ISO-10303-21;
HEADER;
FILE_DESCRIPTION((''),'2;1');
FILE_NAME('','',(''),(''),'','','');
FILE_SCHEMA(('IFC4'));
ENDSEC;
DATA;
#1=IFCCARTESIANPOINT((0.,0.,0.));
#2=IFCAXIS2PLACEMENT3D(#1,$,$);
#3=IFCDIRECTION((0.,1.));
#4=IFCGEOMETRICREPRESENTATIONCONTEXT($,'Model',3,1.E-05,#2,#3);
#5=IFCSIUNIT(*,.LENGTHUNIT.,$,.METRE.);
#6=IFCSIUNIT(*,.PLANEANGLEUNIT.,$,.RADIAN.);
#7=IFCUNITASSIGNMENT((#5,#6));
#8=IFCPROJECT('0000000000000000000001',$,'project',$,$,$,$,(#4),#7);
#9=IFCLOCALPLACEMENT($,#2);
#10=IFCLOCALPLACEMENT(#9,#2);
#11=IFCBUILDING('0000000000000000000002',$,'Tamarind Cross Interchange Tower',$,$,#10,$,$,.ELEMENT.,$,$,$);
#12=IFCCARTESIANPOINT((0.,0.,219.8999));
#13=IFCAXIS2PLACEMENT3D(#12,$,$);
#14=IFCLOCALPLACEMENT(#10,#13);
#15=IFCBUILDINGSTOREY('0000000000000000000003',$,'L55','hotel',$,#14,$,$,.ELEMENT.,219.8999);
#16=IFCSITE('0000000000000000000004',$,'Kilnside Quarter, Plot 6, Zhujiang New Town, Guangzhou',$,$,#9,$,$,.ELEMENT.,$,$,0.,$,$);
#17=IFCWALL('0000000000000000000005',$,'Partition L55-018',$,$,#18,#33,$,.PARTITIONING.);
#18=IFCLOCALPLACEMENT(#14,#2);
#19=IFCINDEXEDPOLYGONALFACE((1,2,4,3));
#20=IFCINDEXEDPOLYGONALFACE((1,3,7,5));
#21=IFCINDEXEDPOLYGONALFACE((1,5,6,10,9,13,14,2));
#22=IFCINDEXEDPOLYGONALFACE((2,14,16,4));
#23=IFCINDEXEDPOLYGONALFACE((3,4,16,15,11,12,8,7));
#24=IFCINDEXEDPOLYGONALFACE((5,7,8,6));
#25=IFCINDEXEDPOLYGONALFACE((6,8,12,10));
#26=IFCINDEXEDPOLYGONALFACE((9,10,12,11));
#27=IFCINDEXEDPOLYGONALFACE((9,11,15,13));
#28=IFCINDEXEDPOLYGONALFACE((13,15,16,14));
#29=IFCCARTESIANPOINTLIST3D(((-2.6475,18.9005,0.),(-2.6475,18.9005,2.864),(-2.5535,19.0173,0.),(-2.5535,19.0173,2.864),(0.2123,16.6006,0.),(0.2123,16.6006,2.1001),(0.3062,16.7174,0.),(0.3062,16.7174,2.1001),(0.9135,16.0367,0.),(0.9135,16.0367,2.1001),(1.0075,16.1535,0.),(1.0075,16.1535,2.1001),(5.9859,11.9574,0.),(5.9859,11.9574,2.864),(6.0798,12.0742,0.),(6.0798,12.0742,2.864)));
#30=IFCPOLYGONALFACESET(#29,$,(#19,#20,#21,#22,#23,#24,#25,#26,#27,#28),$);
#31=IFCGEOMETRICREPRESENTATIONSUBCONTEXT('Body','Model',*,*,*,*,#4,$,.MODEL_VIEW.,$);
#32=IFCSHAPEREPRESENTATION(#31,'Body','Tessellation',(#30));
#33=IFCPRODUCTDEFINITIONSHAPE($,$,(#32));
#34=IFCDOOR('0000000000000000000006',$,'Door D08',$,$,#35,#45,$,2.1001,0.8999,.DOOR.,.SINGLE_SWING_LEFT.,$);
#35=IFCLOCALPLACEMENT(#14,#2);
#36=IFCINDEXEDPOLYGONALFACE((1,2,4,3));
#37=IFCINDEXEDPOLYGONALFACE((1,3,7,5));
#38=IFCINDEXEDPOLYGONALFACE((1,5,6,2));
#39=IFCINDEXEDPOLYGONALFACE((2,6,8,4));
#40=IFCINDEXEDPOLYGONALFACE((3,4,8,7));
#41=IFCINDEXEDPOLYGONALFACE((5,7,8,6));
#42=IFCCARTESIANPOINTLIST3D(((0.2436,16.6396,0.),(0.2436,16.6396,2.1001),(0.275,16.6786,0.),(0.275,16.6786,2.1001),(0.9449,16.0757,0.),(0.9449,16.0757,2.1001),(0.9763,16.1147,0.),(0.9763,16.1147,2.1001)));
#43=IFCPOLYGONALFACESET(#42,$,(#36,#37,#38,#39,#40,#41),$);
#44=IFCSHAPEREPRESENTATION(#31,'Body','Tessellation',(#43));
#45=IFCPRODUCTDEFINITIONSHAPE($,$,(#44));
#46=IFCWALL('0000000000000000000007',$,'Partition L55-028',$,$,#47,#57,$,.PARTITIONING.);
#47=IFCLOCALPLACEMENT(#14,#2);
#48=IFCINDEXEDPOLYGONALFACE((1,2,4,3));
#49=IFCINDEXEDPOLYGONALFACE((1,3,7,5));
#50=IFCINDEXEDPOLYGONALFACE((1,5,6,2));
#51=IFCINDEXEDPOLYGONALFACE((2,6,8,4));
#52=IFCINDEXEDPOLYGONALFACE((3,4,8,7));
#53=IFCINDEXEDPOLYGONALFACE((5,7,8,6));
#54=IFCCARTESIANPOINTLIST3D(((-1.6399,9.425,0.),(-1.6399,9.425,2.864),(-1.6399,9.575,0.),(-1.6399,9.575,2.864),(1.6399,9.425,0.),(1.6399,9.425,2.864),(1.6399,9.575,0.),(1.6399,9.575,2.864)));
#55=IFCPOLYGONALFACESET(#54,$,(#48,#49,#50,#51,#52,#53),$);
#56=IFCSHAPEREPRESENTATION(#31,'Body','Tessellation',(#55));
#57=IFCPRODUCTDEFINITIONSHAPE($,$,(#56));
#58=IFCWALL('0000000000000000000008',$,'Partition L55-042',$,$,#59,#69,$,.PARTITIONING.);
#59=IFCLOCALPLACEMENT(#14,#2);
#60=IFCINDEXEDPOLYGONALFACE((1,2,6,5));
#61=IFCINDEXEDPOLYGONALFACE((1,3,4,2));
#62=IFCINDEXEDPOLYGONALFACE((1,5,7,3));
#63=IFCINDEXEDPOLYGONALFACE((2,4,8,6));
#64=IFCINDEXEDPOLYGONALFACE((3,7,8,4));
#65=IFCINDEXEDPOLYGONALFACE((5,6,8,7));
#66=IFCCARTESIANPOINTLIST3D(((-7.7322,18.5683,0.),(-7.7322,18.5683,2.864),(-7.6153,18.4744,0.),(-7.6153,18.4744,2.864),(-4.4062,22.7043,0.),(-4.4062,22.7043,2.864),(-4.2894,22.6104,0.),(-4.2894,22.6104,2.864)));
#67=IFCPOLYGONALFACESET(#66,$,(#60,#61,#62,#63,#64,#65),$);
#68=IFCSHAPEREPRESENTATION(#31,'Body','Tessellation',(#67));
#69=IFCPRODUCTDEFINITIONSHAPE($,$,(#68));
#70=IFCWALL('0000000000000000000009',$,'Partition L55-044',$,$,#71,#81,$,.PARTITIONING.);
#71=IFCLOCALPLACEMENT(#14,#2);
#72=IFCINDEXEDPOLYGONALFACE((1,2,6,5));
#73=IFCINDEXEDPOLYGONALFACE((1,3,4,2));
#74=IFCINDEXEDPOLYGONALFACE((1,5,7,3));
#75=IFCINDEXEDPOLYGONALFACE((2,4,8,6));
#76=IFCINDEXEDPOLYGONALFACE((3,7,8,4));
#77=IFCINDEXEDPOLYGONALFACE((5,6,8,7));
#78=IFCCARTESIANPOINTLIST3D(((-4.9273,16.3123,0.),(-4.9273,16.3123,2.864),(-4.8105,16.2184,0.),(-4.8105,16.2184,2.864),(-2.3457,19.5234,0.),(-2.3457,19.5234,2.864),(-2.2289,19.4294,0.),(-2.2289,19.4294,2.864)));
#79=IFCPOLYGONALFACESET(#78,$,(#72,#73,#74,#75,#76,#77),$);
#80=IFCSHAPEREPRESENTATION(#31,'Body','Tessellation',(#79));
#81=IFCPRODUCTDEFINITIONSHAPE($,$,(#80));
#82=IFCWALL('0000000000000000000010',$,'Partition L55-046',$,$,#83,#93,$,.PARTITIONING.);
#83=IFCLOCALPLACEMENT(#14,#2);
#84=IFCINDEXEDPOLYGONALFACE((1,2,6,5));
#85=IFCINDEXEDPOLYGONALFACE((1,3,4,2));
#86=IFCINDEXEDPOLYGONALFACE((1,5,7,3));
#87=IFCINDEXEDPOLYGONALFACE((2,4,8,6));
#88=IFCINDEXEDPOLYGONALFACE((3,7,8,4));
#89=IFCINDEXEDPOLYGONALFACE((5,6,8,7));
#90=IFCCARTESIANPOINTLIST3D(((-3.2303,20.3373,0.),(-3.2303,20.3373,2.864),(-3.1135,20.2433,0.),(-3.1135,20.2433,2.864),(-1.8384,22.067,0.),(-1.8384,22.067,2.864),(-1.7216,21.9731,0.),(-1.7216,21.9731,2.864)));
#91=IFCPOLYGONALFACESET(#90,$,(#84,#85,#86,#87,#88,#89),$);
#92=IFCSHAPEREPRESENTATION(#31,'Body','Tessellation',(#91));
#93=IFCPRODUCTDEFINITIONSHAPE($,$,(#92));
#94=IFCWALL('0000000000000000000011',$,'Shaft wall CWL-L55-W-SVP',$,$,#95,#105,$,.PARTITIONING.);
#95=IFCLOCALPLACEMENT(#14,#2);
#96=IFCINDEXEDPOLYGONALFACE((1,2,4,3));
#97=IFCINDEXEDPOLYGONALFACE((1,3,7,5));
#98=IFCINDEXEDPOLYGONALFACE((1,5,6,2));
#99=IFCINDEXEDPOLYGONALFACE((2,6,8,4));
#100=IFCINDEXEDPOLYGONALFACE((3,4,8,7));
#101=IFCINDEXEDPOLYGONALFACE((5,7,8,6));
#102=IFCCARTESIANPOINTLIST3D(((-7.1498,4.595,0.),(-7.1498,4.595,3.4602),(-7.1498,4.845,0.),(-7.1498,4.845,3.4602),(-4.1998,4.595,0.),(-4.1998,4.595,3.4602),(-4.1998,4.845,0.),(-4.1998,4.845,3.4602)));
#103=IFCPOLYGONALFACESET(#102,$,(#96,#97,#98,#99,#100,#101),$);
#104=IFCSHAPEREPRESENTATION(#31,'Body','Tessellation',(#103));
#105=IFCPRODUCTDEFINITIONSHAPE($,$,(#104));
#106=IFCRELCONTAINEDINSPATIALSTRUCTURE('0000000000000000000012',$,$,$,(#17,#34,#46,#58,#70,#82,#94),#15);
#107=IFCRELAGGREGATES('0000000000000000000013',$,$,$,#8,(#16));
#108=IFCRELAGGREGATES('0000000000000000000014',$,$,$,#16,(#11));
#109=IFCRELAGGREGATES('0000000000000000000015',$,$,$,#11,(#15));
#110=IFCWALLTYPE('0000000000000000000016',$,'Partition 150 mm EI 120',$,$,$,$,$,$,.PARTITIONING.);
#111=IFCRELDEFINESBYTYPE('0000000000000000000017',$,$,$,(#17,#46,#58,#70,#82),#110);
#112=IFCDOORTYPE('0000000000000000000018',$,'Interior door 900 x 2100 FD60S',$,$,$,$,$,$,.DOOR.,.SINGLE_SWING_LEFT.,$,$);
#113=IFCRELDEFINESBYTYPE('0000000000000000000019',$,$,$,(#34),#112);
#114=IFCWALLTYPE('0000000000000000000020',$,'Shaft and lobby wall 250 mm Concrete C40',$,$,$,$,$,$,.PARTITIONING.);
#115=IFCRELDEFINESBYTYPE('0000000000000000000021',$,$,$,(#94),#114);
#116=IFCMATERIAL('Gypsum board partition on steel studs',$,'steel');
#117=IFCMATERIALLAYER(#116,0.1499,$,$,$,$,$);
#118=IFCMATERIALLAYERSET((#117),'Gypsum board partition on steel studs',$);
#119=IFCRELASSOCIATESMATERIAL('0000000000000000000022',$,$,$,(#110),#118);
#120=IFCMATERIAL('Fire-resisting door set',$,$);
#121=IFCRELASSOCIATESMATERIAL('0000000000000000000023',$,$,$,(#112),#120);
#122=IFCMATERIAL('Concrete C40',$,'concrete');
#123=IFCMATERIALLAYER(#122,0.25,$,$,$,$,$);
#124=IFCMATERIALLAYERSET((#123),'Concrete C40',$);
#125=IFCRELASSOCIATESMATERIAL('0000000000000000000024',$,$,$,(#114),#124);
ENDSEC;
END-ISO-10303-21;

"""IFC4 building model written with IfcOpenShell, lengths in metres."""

from ifc_helpers import new_model, si_unit, direction, frame, frame_2d, origin, place, context, subcontext, project, spatial, rectangle, extrude, material, layer, layer_set, type_object, element, fill, save


model = new_model("IFC4")

# Units and contexts
model_context = context("Model", 3, precision=1e-05, world=origin(), true_north=direction((0.0, 1.0)))
body_context = subcontext(model_context, "Body", "Model", "MODEL_VIEW")
ifc_project = project(units=[si_unit("LENGTHUNIT", "METRE"), si_unit("PLANEANGLEUNIT", "RADIAN")], contexts=[model_context])

# Site, building, storey
site_placement = place(None, origin())
site = spatial("IfcSite", under=ifc_project, at=site_placement, Name="Kilnside Quarter, Plot 6, Zhujiang New Town, Guangzhou", CompositionType="ELEMENT", RefElevation=0.0)
building_placement = place(site_placement, origin())
building = spatial("IfcBuilding", under=site, at=building_placement, Name="Tamarind Cross Interchange Tower", CompositionType="ELEMENT")
storey_placement = place(building_placement, frame((0.0, 0.0, 219.8999)))
storey = spatial("IfcBuildingStorey", under=building, at=storey_placement, Name="L55", Description="hotel", CompositionType="ELEMENT", Elevation=219.8999)

# Wall, opening, door
ifc_material_1 = material(Name="Gypsum board partition on steel studs", Category="steel")
ifc_layer_1 = layer(ifc_material_1, 0.1499)
ifc_layer_set_1 = layer_set([ifc_layer_1], Name="Gypsum board partition on steel studs")
wall_type_1 = type_object("IfcWallType", Name="Partition 150 mm EI 120", PredefinedType="PARTITIONING", material=ifc_layer_set_1)
wall_1_placement = place(storey_placement, frame((-2.6006, 18.959, 0.0), z_axis=(0.0, 0.0, 1.0), x_axis=(0.77926, -0.6267, 0.0)))
wall_1 = element("IfcWall", 1, at=wall_1_placement, inside=storey, type_object=wall_type_1, Name="Partition L55-018", PredefinedType="PARTITIONING", context=body_context, shape_type="SweptSolid", body=[
    extrude(rectangle(XDim=11.0789, YDim=0.1499, at=frame_2d((5.5396, 0.0))), origin(), (0.0, 0.0, 1.0), 2.864),
])
opening_placement = place(wall_1_placement, frame((3.6699, 0.0, 0.0)))
opening = element("IfcOpeningElement", 2, at=opening_placement, cuts=wall_1, PredefinedType="OPENING", context=body_context, shape_type="SweptSolid", body=[
    extrude(rectangle(XDim=0.8999, YDim=2.1001, at=frame_2d((0.45, 1.05))), frame((0.0, 0.085, 0.0), z_axis=(0.0, -1.0, 0.0), x_axis=(1.0, 0.0, 0.0)), (0.0, 0.0, 1.0), 0.1699),
])
ifc_material_2 = material(Name="Fire-resisting door set")
door_type = type_object("IfcDoorType", Name="Interior door 900 x 2100 FD60S", OperationType="SINGLE_SWING_LEFT", PredefinedType="DOOR", material=ifc_material_2)
door_placement = place(opening_placement, frame((0.8999, 0.0, 0.0), z_axis=(0.0, 0.0, 1.0), x_axis=(-1.0, 0.0, 0.0)))
door = element("IfcDoor", 3, at=door_placement, inside=storey, type_object=door_type, Name="Door D08", OperationType="SINGLE_SWING_LEFT", OverallHeight=2.1001, OverallWidth=0.8999, PredefinedType="DOOR", context=body_context, shape_type="SweptSolid", body=[
    extrude(rectangle(XDim=0.8999, YDim=2.1001, at=frame_2d((0.45, 1.05))), frame((0.0, 0.0249, 0.0), z_axis=(0.0, -1.0, 0.0), x_axis=(1.0, 0.0, 0.0)), (0.0, 0.0, 1.0), 0.05),
])
fill(opening, door)

# Walls
wall_2_placement = place(storey_placement, frame((-1.6399, 9.5, 0.0), z_axis=(0.0, 0.0, 1.0), x_axis=(1.0, 0.0, 0.0)))
element("IfcWall", 4, at=wall_2_placement, inside=storey, type_object=wall_type_1, Name="Partition L55-028", PredefinedType="PARTITIONING", context=body_context, shape_type="SweptSolid", body=[
    extrude(rectangle(XDim=3.2798, YDim=0.1499, at=frame_2d((1.6399, 0.0))), origin(), (0.0, 0.0, 1.0), 2.864),
])
wall_3_placement = place(storey_placement, frame((-7.6738, 18.5212, 0.0), z_axis=(0.0, 0.0, 1.0), x_axis=(0.626662, 0.779291, 0.0)))
element("IfcWall", 5, at=wall_3_placement, inside=storey, type_object=wall_type_1, Name="Partition L55-042", PredefinedType="PARTITIONING", context=body_context, shape_type="SweptSolid", body=[
    extrude(rectangle(XDim=5.3074, YDim=0.1499, at=frame_2d((2.6538, 0.0))), origin(), (0.0, 0.0, 1.0), 2.864),
])
wall_4_placement = place(storey_placement, frame((-4.8689, 16.2654, 0.0), z_axis=(0.0, 0.0, 1.0), x_axis=(0.626587, 0.779352, 0.0)))
element("IfcWall", 6, at=wall_4_placement, inside=storey, type_object=wall_type_1, Name="Partition L55-044", PredefinedType="PARTITIONING", context=body_context, shape_type="SweptSolid", body=[
    extrude(rectangle(XDim=4.1201, YDim=0.1499, at=frame_2d((2.0601, 0.0))), origin(), (0.0, 0.0, 1.0), 2.864),
])
wall_5_placement = place(storey_placement, frame((-3.1719, 20.2903, 0.0), z_axis=(0.0, 0.0, 1.0), x_axis=(0.626905, 0.779096, 0.0)))
element("IfcWall", 7, at=wall_5_placement, inside=storey, type_object=wall_type_1, Name="Partition L55-046", PredefinedType="PARTITIONING", context=body_context, shape_type="SweptSolid", body=[
    extrude(rectangle(XDim=2.2202, YDim=0.1499, at=frame_2d((1.1101, 0.0))), origin(), (0.0, 0.0, 1.0), 2.864),
])
ifc_material_3 = material(Name="Concrete C40", Category="concrete")
ifc_layer_2 = layer(ifc_material_3, 0.25)
ifc_layer_set_2 = layer_set([ifc_layer_2], Name="Concrete C40")
wall_type_2 = type_object("IfcWallType", Name="Shaft and lobby wall 250 mm Concrete C40", PredefinedType="PARTITIONING", material=ifc_layer_set_2)
wall_6_placement = place(storey_placement, frame((-7.1499, 4.72, 0.0), z_axis=(0.0, 0.0, 1.0), x_axis=(1.0, 0.0, 0.0)))
element("IfcWall", 8, at=wall_6_placement, inside=storey, type_object=wall_type_2, Name="Shaft wall CWL-L55-W-SVP", PredefinedType="PARTITIONING", context=body_context, shape_type="SweptSolid", body=[
    extrude(rectangle(XDim=2.95, YDim=0.25, at=frame_2d((1.4751, 0.0))), origin(), (0.0, 0.0, 1.0), 3.4602),
])

save(model, "model.ifc")
